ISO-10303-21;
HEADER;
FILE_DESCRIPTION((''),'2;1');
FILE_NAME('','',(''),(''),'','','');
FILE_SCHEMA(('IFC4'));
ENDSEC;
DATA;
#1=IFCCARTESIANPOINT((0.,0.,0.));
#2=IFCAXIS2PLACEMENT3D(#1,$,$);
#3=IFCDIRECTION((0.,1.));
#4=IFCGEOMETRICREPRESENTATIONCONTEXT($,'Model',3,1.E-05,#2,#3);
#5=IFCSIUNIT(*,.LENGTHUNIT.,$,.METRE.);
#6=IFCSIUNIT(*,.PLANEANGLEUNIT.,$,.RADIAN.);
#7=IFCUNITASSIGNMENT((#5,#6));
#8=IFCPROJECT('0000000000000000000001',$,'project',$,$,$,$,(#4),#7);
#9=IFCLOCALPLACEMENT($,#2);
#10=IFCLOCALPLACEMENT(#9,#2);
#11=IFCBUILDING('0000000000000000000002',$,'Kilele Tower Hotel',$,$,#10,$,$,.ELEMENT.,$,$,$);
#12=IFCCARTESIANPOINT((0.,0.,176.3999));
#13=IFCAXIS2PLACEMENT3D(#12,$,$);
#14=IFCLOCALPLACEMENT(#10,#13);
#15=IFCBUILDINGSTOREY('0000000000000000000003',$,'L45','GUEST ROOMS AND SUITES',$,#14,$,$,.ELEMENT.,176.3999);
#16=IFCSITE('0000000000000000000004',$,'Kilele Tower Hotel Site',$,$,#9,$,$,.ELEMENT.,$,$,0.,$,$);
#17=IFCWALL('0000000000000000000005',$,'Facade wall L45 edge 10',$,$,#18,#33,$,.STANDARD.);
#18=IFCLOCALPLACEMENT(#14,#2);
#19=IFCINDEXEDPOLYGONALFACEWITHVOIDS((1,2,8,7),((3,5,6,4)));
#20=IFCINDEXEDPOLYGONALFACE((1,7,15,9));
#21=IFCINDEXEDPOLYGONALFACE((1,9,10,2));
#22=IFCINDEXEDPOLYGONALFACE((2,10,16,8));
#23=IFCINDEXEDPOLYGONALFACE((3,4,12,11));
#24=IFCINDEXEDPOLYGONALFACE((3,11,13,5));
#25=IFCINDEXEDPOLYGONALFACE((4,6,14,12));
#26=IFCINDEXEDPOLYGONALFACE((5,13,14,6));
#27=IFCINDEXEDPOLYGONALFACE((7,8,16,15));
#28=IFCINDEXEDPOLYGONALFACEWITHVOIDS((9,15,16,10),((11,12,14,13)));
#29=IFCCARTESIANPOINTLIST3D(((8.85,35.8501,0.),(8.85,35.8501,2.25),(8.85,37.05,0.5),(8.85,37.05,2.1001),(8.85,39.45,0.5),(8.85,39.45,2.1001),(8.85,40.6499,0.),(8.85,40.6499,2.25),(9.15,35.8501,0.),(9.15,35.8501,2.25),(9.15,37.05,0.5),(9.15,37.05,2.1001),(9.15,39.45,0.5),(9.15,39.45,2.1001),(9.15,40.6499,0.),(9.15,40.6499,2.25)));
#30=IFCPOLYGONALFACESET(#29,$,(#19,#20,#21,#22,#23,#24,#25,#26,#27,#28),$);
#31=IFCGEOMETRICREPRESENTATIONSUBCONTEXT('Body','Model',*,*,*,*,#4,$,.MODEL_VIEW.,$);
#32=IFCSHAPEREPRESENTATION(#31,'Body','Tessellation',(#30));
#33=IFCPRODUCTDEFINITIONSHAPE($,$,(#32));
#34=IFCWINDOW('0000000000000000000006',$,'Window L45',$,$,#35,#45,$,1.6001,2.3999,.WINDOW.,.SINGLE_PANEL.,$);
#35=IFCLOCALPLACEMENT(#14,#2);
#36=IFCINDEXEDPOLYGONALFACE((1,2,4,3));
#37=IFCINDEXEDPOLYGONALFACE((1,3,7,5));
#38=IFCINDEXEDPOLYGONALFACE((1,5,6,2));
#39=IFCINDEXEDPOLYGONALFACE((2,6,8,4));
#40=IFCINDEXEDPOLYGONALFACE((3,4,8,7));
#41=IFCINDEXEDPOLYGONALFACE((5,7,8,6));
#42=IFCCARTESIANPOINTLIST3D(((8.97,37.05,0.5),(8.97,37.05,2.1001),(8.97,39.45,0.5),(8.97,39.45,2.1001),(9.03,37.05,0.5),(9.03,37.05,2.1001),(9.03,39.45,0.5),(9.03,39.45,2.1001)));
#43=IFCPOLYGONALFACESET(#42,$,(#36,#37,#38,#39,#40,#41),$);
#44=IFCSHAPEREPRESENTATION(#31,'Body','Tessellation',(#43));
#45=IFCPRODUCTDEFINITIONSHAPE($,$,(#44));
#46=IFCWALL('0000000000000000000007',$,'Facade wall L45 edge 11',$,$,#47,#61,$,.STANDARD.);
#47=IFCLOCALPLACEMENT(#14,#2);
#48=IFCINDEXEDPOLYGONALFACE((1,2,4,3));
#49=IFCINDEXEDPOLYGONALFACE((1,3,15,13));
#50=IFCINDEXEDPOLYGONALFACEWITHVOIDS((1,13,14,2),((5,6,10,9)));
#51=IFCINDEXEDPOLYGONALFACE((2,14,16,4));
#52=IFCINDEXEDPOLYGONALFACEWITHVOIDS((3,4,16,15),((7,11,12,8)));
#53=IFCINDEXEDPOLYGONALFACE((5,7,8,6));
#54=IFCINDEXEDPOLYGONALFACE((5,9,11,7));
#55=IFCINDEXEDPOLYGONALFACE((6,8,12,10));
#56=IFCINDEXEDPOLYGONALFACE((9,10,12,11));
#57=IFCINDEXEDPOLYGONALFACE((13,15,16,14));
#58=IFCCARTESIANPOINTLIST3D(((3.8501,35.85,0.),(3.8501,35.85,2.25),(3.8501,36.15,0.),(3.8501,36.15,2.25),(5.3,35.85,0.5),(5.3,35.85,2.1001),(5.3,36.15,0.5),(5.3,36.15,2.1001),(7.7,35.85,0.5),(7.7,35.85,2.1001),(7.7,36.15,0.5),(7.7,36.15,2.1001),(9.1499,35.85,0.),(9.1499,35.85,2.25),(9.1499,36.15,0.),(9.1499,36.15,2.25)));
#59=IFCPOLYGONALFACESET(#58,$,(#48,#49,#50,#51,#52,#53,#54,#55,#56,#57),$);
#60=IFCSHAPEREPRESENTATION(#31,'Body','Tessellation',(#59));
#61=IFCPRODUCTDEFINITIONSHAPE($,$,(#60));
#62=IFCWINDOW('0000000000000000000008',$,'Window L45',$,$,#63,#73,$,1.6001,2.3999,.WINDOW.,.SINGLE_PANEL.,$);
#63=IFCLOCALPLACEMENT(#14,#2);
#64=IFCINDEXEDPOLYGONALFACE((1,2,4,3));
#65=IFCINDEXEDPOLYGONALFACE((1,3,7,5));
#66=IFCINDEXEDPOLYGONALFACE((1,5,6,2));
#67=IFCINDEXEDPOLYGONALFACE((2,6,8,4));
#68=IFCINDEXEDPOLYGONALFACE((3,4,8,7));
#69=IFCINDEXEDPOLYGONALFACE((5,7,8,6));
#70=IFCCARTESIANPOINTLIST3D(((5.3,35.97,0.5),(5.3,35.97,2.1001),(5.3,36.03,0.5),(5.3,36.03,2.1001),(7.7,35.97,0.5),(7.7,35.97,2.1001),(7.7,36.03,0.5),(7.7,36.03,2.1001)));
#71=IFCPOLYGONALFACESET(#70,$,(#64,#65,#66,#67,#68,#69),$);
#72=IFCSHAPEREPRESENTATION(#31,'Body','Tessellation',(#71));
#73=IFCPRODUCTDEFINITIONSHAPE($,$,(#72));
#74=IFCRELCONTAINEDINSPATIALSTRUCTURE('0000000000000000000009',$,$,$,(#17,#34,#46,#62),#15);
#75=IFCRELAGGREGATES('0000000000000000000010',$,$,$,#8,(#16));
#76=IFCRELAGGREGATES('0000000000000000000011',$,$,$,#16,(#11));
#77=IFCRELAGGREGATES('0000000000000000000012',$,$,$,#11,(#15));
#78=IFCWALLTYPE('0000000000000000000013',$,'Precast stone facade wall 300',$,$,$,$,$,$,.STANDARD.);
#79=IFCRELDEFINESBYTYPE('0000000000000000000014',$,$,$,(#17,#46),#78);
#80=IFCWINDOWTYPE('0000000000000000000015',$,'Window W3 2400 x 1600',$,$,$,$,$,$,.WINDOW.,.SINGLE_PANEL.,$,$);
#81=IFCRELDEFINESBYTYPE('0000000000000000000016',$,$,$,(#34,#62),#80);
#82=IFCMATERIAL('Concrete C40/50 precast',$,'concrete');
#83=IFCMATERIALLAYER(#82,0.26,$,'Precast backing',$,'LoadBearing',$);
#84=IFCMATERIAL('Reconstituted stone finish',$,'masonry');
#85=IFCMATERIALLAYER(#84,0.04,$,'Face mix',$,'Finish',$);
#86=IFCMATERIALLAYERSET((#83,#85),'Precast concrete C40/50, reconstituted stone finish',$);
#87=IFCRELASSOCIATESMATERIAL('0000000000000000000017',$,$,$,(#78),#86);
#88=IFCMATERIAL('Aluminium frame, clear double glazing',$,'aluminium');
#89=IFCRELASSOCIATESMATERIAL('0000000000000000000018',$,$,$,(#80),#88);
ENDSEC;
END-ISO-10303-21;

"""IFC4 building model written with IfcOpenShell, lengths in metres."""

from ifc_helpers import new_model, si_unit, direction, frame, frame_2d, origin, place, context, subcontext, project, spatial, rectangle, extrude, material, layer, layer_set, type_object, element, fill, save


model = new_model("IFC4")

# Units and contexts
model_context = context("Model", 3, precision=1e-05, world=origin(), true_north=direction((0.0, 1.0)))
body_context = subcontext(model_context, "Body", "Model", "MODEL_VIEW")
ifc_project = project(units=[si_unit("LENGTHUNIT", "METRE"), si_unit("PLANEANGLEUNIT", "RADIAN")], contexts=[model_context])

# Site, building, storey
site_placement = place(None, origin())
site = spatial("IfcSite", under=ifc_project, at=site_placement, Name="Kilele Tower Hotel Site", CompositionType="ELEMENT", RefElevation=0.0)
building_placement = place(site_placement, origin())
building = spatial("IfcBuilding", under=site, at=building_placement, Name="Kilele Tower Hotel", CompositionType="ELEMENT")
storey_placement = place(building_placement, frame((0.0, 0.0, 176.3999)))
storey = spatial("IfcBuildingStorey", under=building, at=storey_placement, Name="L45", Description="GUEST ROOMS AND SUITES", CompositionType="ELEMENT", Elevation=176.3999)

# Walls, openings, windows
ifc_material_1 = material(Name="Concrete C40/50 precast", Category="concrete")
ifc_layer_1 = layer(ifc_material_1, 0.26, Name="Precast backing", Category="LoadBearing")
ifc_material_2 = material(Name="Reconstituted stone finish", Category="masonry")
ifc_layer_2 = layer(ifc_material_2, 0.04, Name="Face mix", Category="Finish")
ifc_layer_set_1 = layer_set([ifc_layer_1, ifc_layer_2], Name="Precast concrete C40/50, reconstituted stone finish")
wall_type_1 = type_object("IfcWallType", Name="Precast stone facade wall 300", PredefinedType="STANDARD", material=ifc_layer_set_1)
wall_1_placement = place(storey_placement, frame((9.0, 40.6499, 0.0), z_axis=(0.0, 0.0, 1.0), x_axis=(0.0, -1.0, 0.0)))
wall_1 = element("IfcWall", 1, at=wall_1_placement, inside=storey, type_object=wall_type_1, Name="Facade wall L45 edge 10", PredefinedType="STANDARD", context=body_context, shape_type="SweptSolid", body=[
    extrude(rectangle(XDim=4.7998, YDim=0.3, at=frame_2d((2.3999, 0.0))), origin(), (0.0, 0.0, 1.0), 2.25),
])
opening_1_placement = place(wall_1_placement, frame((1.2, 0.0, 0.5)))
opening_1 = element("IfcOpeningElement", 2, at=opening_1_placement, cuts=wall_1, PredefinedType="OPENING", context=body_context, shape_type="SweptSolid", body=[
    extrude(rectangle(XDim=2.3999, YDim=1.6001, at=frame_2d((1.2, 0.8))), frame((0.0, 0.1599, 0.0), z_axis=(0.0, -1.0, 0.0), x_axis=(1.0, 0.0, 0.0)), (0.0, 0.0, 1.0), 0.3201),
])
ifc_material_3 = material(Name="Aluminium frame, clear double glazing", Category="aluminium")
window_type_1 = type_object("IfcWindowType", Name="Window W3 2400 x 1600", PartitioningType="SINGLE_PANEL", PredefinedType="WINDOW", material=ifc_material_3)
window_1_placement = place(opening_1_placement, origin())
window_1 = element("IfcWindow", 3, at=window_1_placement, inside=storey, type_object=window_type_1, Name="Window L45", OverallHeight=1.6001, OverallWidth=2.3999, PartitioningType="SINGLE_PANEL", PredefinedType="WINDOW", context=body_context, shape_type="SweptSolid", body=[
    extrude(rectangle(XDim=2.3999, YDim=1.6001, at=frame_2d((1.2, 0.8))), frame((0.0, 0.03, 0.0), z_axis=(0.0, -1.0, 0.0), x_axis=(1.0, 0.0, 0.0)), (0.0, 0.0, 1.0), 0.0601),
])
fill(opening_1, window_1)
wall_2_placement = place(storey_placement, frame((9.1499, 36.0, 0.0), z_axis=(0.0, 0.0, 1.0), x_axis=(-1.0, 0.0, 0.0)))
wall_2 = element("IfcWall", 4, at=wall_2_placement, inside=storey, type_object=wall_type_1, Name="Facade wall L45 edge 11", PredefinedType="STANDARD", context=body_context, shape_type="SweptSolid", body=[
    extrude(rectangle(XDim=5.2998, YDim=0.3, at=frame_2d((2.6499, 0.0))), origin(), (0.0, 0.0, 1.0), 2.25),
])
opening_2_placement = place(wall_2_placement, frame((1.45, 0.0, 0.5)))
opening_2 = element("IfcOpeningElement", 5, at=opening_2_placement, cuts=wall_2, PredefinedType="OPENING", context=body_context, shape_type="SweptSolid", body=[
    extrude(rectangle(XDim=2.3999, YDim=1.6001, at=frame_2d((1.2, 0.8))), frame((0.0, 0.1599, 0.0), z_axis=(0.0, -1.0, 0.0), x_axis=(1.0, 0.0, 0.0)), (0.0, 0.0, 1.0), 0.3201),
])
window_2_placement = place(opening_2_placement, origin())
window_2 = element("IfcWindow", 6, at=window_2_placement, inside=storey, type_object=window_type_1, Name="Window L45", OverallHeight=1.6001, OverallWidth=2.3999, PartitioningType="SINGLE_PANEL", PredefinedType="WINDOW", context=body_context, shape_type="SweptSolid", body=[
    extrude(rectangle(XDim=2.3999, YDim=1.6001, at=frame_2d((1.2, 0.8))), frame((0.0, 0.03, 0.0), z_axis=(0.0, -1.0, 0.0), x_axis=(1.0, 0.0, 0.0)), (0.0, 0.0, 1.0), 0.0601),
])
fill(opening_2, window_2)

save(model, "model.ifc")
